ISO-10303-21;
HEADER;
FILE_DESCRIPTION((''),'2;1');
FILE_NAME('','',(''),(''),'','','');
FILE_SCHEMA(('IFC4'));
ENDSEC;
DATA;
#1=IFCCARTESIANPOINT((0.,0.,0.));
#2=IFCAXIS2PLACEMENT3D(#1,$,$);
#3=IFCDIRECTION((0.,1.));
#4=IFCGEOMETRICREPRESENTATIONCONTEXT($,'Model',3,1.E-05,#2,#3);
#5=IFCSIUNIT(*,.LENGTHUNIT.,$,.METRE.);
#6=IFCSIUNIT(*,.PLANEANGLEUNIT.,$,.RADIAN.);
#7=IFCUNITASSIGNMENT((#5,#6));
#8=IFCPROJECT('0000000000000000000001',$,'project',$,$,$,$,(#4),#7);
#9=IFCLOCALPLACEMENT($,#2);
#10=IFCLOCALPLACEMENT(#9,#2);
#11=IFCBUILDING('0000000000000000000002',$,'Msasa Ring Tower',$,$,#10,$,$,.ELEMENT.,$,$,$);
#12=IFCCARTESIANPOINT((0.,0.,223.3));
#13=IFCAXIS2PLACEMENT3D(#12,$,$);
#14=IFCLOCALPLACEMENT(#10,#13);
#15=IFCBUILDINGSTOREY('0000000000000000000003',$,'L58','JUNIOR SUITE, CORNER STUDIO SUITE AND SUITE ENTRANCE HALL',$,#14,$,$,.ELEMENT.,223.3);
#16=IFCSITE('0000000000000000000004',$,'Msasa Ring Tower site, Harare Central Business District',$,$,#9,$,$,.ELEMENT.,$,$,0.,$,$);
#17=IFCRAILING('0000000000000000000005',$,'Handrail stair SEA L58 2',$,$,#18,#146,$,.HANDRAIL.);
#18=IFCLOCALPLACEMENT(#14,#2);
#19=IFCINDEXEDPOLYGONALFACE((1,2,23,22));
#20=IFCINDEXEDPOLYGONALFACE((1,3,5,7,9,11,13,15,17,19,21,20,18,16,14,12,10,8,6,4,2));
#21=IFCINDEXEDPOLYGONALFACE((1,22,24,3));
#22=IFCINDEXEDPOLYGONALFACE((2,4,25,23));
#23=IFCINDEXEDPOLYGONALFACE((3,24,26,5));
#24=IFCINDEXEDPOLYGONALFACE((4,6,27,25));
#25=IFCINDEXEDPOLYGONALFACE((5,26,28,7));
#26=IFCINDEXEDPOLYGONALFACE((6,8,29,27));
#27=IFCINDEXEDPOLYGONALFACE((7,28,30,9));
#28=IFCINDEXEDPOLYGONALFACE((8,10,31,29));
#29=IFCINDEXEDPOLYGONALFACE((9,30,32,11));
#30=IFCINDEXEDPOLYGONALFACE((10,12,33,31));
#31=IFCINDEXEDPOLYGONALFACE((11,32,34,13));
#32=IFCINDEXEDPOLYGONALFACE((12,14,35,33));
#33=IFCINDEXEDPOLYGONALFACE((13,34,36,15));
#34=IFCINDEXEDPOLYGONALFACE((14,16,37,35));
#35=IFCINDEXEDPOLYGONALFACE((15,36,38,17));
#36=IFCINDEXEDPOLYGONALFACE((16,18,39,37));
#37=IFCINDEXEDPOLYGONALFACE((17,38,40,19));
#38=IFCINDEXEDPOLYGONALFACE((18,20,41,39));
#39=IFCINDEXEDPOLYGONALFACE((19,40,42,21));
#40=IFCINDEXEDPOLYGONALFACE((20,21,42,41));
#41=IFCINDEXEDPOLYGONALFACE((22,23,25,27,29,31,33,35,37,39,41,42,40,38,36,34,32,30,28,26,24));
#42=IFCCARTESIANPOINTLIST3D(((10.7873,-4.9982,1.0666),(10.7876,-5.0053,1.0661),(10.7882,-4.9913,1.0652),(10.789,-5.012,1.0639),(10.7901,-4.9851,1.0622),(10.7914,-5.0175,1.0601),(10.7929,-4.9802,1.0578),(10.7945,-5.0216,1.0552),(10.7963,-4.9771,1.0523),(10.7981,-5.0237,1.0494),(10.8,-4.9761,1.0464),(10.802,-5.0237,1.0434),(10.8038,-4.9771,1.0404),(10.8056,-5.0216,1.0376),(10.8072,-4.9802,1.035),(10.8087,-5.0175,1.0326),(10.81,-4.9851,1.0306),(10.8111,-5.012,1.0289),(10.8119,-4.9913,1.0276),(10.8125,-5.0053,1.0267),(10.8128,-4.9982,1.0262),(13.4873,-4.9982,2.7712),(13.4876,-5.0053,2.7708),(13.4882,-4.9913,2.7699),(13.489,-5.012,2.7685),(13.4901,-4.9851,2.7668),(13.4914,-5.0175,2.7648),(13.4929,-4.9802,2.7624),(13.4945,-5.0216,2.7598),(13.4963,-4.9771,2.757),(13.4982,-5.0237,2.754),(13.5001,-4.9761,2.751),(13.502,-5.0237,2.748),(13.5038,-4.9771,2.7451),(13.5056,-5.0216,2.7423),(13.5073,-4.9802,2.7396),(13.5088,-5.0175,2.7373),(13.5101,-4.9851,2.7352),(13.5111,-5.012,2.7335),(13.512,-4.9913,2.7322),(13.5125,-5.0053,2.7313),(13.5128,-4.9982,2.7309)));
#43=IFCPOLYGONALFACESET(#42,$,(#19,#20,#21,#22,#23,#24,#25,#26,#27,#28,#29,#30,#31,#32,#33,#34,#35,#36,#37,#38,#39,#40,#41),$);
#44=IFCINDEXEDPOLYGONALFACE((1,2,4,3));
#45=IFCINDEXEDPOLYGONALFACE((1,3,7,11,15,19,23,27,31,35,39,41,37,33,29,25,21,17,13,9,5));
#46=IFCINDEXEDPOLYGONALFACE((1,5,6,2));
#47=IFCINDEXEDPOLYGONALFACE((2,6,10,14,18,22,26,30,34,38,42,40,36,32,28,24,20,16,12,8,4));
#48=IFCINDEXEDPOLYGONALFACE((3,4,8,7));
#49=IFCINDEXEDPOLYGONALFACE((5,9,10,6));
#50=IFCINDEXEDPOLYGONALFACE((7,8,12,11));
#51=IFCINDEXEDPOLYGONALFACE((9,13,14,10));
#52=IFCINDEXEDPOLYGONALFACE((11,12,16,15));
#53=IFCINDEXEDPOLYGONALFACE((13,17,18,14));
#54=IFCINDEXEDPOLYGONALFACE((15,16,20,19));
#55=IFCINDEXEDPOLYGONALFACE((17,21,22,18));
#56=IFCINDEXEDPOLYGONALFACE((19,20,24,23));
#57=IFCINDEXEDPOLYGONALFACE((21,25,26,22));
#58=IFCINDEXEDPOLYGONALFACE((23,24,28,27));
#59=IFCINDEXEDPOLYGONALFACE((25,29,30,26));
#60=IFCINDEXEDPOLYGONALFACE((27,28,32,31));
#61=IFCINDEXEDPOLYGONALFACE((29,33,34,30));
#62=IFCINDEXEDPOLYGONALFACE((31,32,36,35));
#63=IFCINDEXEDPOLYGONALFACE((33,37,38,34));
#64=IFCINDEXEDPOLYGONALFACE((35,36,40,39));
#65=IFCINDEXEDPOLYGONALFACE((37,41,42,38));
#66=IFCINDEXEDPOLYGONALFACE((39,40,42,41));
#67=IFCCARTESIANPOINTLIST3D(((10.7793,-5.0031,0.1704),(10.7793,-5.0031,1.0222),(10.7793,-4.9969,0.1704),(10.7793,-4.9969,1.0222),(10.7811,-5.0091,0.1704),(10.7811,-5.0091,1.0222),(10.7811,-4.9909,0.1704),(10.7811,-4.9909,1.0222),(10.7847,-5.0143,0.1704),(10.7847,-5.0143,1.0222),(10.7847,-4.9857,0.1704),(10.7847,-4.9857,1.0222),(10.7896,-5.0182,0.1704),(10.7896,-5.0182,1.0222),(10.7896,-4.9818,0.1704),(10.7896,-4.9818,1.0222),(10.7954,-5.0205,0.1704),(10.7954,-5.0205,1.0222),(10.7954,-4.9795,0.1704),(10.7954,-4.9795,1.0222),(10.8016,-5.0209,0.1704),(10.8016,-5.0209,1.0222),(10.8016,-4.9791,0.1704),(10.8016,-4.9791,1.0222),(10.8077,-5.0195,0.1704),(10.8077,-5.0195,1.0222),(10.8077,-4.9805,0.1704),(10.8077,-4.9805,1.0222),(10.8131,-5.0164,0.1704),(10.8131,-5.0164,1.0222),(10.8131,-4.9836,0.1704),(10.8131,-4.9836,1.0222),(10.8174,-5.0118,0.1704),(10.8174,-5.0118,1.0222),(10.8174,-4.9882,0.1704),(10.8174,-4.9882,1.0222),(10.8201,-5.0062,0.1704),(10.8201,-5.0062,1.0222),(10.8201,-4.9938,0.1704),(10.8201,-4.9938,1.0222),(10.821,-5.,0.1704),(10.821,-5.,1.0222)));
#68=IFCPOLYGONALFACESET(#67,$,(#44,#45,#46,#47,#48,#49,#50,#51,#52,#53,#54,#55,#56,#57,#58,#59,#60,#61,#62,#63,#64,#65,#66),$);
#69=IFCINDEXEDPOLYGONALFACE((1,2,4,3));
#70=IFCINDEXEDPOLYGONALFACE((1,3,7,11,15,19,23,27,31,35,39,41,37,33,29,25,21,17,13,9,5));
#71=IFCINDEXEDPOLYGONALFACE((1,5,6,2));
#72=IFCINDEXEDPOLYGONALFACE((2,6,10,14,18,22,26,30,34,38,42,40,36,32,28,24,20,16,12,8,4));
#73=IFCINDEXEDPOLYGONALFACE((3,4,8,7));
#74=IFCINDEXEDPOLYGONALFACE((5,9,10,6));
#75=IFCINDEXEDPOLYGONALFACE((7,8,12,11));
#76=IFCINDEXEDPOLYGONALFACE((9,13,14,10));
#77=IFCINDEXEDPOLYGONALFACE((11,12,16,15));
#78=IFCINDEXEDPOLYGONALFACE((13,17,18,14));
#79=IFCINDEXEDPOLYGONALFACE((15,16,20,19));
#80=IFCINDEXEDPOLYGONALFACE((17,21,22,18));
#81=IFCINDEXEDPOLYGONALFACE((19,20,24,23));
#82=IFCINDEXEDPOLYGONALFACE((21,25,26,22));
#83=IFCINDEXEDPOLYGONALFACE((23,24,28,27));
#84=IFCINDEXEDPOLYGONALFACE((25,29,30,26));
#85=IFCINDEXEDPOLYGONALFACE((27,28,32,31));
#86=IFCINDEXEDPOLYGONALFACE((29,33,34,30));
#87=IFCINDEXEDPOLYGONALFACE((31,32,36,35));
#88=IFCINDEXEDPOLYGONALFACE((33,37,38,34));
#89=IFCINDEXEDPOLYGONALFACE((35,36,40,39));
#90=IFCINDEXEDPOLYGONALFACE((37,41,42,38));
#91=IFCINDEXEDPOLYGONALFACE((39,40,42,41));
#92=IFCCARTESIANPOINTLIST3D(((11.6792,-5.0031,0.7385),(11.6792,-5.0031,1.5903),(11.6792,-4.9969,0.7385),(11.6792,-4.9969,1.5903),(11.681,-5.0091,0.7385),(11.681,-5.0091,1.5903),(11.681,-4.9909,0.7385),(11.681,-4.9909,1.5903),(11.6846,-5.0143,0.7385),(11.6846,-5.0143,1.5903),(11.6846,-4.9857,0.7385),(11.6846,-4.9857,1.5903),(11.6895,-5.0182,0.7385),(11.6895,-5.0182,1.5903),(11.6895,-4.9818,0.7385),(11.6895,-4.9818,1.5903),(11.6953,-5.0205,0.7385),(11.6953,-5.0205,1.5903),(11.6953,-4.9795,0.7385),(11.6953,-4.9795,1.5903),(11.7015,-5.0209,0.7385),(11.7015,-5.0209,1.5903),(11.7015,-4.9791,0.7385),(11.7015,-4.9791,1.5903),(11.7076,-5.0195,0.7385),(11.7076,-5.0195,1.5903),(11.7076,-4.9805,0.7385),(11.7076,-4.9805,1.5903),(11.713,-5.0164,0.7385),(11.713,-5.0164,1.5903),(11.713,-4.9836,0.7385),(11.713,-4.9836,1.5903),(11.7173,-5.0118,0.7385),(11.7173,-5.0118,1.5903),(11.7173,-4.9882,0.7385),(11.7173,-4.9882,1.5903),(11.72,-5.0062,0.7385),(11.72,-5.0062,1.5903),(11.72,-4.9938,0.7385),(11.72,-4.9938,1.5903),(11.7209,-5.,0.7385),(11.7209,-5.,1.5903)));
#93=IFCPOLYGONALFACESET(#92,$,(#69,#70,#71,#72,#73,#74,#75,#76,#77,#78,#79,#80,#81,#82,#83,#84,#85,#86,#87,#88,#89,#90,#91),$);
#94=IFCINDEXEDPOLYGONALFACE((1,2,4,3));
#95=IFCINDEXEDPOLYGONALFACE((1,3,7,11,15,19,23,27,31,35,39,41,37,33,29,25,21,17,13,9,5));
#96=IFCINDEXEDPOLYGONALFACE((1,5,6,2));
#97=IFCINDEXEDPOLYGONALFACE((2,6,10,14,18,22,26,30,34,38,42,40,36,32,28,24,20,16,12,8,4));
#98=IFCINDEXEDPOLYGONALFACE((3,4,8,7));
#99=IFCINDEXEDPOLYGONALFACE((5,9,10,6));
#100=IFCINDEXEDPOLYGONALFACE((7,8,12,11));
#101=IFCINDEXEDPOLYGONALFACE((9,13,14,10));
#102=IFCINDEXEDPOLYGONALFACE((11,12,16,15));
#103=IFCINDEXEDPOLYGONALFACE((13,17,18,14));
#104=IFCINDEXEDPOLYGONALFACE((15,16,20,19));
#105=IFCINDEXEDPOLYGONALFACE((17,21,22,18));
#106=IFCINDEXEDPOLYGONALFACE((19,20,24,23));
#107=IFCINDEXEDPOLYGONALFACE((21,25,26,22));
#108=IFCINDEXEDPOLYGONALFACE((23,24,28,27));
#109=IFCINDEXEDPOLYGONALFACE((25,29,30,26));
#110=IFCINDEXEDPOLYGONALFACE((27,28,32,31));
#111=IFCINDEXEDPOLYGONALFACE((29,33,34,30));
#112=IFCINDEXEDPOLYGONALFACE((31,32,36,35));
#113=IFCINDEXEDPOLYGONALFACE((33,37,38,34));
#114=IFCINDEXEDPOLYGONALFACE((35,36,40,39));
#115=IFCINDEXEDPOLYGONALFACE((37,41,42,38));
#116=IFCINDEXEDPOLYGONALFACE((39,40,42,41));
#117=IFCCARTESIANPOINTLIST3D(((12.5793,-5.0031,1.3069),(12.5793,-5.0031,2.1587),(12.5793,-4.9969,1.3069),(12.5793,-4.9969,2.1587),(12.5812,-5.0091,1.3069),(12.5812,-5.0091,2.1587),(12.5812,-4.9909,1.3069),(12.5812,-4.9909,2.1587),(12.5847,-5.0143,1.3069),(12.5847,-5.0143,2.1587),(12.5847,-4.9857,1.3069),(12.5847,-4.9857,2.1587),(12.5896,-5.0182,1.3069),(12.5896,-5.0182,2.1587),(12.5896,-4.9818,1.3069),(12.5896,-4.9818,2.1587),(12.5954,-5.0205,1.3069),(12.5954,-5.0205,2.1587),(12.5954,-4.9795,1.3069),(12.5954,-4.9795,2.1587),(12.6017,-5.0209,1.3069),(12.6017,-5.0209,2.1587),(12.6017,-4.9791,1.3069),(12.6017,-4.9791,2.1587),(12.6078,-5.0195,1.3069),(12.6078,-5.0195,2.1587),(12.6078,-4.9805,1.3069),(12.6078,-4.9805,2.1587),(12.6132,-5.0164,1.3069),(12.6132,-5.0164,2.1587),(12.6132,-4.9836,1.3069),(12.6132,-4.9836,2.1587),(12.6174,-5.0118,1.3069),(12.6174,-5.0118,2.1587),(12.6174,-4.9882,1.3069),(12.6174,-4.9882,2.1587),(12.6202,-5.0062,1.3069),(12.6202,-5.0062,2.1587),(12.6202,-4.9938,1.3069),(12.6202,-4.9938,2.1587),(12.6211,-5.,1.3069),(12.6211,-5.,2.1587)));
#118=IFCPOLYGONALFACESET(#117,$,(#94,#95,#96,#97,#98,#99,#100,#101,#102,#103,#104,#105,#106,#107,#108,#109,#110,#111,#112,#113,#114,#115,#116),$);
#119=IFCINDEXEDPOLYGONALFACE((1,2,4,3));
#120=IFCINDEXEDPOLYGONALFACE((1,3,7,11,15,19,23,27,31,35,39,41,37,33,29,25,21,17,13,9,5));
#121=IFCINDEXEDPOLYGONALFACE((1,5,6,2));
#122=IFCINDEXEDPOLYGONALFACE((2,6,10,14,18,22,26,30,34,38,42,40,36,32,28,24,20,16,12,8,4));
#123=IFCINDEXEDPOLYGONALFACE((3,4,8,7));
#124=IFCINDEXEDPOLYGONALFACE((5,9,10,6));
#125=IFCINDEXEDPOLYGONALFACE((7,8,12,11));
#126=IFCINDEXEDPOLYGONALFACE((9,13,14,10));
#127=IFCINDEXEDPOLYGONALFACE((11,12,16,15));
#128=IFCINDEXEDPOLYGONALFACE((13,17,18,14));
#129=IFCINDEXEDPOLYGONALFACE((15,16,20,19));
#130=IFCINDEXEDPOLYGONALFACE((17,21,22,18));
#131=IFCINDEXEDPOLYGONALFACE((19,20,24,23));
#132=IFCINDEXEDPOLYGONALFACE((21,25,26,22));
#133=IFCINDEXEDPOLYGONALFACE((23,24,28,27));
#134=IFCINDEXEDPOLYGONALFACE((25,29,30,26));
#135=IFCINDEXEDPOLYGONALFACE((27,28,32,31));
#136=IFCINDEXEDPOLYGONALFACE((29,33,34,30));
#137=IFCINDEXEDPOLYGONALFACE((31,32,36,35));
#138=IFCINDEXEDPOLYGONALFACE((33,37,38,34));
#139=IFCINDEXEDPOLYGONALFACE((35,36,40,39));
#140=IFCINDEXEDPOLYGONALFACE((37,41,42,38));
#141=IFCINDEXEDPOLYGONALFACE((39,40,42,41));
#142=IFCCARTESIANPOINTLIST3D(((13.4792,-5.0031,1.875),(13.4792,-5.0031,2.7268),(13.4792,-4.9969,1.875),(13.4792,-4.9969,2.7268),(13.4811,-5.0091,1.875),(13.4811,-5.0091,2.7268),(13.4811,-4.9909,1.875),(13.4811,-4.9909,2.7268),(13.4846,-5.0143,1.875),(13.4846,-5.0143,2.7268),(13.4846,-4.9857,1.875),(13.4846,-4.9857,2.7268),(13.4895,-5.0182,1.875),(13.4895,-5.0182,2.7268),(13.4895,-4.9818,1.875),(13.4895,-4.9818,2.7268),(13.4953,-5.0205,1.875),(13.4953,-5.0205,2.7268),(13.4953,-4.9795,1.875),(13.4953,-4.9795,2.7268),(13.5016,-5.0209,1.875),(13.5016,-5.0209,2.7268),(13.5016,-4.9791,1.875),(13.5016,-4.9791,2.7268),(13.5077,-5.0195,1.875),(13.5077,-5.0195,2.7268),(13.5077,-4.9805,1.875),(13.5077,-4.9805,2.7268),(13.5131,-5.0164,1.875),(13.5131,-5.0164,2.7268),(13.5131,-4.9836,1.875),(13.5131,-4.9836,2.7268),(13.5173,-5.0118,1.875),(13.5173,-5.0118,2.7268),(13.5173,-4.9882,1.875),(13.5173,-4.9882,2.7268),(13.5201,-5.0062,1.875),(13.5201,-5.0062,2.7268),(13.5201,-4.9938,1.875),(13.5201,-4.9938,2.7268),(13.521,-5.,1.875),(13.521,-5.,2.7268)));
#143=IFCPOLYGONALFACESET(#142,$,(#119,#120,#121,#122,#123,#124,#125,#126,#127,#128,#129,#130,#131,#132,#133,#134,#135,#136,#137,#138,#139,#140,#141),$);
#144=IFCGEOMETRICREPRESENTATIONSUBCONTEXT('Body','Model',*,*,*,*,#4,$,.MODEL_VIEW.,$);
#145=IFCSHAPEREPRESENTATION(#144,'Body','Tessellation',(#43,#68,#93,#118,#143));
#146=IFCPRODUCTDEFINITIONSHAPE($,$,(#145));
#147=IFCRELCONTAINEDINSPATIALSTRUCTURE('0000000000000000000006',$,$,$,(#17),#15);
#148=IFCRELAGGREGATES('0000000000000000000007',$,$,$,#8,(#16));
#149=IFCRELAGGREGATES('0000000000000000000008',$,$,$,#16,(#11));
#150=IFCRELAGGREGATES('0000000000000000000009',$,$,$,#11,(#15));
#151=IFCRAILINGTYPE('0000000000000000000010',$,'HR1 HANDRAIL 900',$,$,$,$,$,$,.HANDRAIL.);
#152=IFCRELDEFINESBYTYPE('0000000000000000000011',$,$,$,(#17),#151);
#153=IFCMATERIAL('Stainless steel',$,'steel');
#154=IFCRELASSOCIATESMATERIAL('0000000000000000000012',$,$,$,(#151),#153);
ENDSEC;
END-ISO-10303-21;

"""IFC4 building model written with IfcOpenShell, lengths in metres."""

from ifc_helpers import new_model, si_unit, direction, frame, origin, origin_2d, place, context, subcontext, project, spatial, circle, extrude, material, type_object, element, save


model = new_model("IFC4")

# Units and contexts
model_context = context("Model", 3, precision=1e-05, world=origin(), true_north=direction((0.0, 1.0)))
body_context = subcontext(model_context, "Body", "Model", "MODEL_VIEW")
ifc_project = project(units=[si_unit("LENGTHUNIT", "METRE"), si_unit("PLANEANGLEUNIT", "RADIAN")], contexts=[model_context])

# Site, building, storey
site_placement = place(None, origin())
site = spatial("IfcSite", under=ifc_project, at=site_placement, Name="Msasa Ring Tower site, Harare Central Business District", CompositionType="ELEMENT", RefElevation=0.0)
building_placement = place(site_placement, origin())
building = spatial("IfcBuilding", under=site, at=building_placement, Name="Msasa Ring Tower", CompositionType="ELEMENT")
storey_placement = place(building_placement, frame((0.0, 0.0, 223.3)))
storey = spatial("IfcBuildingStorey", under=building, at=storey_placement, Name="L58", Description="JUNIOR SUITE, CORNER STUDIO SUITE AND SUITE ENTRANCE HALL", CompositionType="ELEMENT", Elevation=223.3)

# Railing
ifc_material_1 = material(Name="Stainless steel", Category="steel")
railing_type = type_object("IfcRailingType", Name="HR1 HANDRAIL 900", PredefinedType="HANDRAIL", material=ifc_material_1)
railing_placement = place(storey_placement, frame((10.8, -5.0, 0.1704)))
element("IfcRailing", 1, at=railing_placement, inside=storey, type_object=railing_type, Name="Handrail stair SEA L58 2", PredefinedType="HANDRAIL", context=body_context, shape_type="SweptSolid", body=[
    extrude(circle(Radius=0.0239, at=origin_2d()), frame((0.0, 0.0, 0.876), z_axis=(0.84558, 0.0, 0.533849), x_axis=(0.0, 1.0, 0.0)), (0.0, 0.0, 1.0), 3.1931),
    extrude(circle(Radius=0.021, at=origin_2d()), origin(), (0.0, 0.0, 1.0), 0.8518),
    extrude(circle(Radius=0.021, at=origin_2d()), frame((0.8999, 0.0, 0.5681)), (0.0, 0.0, 1.0), 0.8518),
    extrude(circle(Radius=0.021, at=origin_2d()), frame((1.8, 0.0, 1.1365)), (0.0, 0.0, 1.0), 0.8518),
    extrude(circle(Radius=0.021, at=origin_2d()), frame((2.7, 0.0, 1.7046)), (0.0, 0.0, 1.0), 0.8518),
])

save(model, "model.ifc")
